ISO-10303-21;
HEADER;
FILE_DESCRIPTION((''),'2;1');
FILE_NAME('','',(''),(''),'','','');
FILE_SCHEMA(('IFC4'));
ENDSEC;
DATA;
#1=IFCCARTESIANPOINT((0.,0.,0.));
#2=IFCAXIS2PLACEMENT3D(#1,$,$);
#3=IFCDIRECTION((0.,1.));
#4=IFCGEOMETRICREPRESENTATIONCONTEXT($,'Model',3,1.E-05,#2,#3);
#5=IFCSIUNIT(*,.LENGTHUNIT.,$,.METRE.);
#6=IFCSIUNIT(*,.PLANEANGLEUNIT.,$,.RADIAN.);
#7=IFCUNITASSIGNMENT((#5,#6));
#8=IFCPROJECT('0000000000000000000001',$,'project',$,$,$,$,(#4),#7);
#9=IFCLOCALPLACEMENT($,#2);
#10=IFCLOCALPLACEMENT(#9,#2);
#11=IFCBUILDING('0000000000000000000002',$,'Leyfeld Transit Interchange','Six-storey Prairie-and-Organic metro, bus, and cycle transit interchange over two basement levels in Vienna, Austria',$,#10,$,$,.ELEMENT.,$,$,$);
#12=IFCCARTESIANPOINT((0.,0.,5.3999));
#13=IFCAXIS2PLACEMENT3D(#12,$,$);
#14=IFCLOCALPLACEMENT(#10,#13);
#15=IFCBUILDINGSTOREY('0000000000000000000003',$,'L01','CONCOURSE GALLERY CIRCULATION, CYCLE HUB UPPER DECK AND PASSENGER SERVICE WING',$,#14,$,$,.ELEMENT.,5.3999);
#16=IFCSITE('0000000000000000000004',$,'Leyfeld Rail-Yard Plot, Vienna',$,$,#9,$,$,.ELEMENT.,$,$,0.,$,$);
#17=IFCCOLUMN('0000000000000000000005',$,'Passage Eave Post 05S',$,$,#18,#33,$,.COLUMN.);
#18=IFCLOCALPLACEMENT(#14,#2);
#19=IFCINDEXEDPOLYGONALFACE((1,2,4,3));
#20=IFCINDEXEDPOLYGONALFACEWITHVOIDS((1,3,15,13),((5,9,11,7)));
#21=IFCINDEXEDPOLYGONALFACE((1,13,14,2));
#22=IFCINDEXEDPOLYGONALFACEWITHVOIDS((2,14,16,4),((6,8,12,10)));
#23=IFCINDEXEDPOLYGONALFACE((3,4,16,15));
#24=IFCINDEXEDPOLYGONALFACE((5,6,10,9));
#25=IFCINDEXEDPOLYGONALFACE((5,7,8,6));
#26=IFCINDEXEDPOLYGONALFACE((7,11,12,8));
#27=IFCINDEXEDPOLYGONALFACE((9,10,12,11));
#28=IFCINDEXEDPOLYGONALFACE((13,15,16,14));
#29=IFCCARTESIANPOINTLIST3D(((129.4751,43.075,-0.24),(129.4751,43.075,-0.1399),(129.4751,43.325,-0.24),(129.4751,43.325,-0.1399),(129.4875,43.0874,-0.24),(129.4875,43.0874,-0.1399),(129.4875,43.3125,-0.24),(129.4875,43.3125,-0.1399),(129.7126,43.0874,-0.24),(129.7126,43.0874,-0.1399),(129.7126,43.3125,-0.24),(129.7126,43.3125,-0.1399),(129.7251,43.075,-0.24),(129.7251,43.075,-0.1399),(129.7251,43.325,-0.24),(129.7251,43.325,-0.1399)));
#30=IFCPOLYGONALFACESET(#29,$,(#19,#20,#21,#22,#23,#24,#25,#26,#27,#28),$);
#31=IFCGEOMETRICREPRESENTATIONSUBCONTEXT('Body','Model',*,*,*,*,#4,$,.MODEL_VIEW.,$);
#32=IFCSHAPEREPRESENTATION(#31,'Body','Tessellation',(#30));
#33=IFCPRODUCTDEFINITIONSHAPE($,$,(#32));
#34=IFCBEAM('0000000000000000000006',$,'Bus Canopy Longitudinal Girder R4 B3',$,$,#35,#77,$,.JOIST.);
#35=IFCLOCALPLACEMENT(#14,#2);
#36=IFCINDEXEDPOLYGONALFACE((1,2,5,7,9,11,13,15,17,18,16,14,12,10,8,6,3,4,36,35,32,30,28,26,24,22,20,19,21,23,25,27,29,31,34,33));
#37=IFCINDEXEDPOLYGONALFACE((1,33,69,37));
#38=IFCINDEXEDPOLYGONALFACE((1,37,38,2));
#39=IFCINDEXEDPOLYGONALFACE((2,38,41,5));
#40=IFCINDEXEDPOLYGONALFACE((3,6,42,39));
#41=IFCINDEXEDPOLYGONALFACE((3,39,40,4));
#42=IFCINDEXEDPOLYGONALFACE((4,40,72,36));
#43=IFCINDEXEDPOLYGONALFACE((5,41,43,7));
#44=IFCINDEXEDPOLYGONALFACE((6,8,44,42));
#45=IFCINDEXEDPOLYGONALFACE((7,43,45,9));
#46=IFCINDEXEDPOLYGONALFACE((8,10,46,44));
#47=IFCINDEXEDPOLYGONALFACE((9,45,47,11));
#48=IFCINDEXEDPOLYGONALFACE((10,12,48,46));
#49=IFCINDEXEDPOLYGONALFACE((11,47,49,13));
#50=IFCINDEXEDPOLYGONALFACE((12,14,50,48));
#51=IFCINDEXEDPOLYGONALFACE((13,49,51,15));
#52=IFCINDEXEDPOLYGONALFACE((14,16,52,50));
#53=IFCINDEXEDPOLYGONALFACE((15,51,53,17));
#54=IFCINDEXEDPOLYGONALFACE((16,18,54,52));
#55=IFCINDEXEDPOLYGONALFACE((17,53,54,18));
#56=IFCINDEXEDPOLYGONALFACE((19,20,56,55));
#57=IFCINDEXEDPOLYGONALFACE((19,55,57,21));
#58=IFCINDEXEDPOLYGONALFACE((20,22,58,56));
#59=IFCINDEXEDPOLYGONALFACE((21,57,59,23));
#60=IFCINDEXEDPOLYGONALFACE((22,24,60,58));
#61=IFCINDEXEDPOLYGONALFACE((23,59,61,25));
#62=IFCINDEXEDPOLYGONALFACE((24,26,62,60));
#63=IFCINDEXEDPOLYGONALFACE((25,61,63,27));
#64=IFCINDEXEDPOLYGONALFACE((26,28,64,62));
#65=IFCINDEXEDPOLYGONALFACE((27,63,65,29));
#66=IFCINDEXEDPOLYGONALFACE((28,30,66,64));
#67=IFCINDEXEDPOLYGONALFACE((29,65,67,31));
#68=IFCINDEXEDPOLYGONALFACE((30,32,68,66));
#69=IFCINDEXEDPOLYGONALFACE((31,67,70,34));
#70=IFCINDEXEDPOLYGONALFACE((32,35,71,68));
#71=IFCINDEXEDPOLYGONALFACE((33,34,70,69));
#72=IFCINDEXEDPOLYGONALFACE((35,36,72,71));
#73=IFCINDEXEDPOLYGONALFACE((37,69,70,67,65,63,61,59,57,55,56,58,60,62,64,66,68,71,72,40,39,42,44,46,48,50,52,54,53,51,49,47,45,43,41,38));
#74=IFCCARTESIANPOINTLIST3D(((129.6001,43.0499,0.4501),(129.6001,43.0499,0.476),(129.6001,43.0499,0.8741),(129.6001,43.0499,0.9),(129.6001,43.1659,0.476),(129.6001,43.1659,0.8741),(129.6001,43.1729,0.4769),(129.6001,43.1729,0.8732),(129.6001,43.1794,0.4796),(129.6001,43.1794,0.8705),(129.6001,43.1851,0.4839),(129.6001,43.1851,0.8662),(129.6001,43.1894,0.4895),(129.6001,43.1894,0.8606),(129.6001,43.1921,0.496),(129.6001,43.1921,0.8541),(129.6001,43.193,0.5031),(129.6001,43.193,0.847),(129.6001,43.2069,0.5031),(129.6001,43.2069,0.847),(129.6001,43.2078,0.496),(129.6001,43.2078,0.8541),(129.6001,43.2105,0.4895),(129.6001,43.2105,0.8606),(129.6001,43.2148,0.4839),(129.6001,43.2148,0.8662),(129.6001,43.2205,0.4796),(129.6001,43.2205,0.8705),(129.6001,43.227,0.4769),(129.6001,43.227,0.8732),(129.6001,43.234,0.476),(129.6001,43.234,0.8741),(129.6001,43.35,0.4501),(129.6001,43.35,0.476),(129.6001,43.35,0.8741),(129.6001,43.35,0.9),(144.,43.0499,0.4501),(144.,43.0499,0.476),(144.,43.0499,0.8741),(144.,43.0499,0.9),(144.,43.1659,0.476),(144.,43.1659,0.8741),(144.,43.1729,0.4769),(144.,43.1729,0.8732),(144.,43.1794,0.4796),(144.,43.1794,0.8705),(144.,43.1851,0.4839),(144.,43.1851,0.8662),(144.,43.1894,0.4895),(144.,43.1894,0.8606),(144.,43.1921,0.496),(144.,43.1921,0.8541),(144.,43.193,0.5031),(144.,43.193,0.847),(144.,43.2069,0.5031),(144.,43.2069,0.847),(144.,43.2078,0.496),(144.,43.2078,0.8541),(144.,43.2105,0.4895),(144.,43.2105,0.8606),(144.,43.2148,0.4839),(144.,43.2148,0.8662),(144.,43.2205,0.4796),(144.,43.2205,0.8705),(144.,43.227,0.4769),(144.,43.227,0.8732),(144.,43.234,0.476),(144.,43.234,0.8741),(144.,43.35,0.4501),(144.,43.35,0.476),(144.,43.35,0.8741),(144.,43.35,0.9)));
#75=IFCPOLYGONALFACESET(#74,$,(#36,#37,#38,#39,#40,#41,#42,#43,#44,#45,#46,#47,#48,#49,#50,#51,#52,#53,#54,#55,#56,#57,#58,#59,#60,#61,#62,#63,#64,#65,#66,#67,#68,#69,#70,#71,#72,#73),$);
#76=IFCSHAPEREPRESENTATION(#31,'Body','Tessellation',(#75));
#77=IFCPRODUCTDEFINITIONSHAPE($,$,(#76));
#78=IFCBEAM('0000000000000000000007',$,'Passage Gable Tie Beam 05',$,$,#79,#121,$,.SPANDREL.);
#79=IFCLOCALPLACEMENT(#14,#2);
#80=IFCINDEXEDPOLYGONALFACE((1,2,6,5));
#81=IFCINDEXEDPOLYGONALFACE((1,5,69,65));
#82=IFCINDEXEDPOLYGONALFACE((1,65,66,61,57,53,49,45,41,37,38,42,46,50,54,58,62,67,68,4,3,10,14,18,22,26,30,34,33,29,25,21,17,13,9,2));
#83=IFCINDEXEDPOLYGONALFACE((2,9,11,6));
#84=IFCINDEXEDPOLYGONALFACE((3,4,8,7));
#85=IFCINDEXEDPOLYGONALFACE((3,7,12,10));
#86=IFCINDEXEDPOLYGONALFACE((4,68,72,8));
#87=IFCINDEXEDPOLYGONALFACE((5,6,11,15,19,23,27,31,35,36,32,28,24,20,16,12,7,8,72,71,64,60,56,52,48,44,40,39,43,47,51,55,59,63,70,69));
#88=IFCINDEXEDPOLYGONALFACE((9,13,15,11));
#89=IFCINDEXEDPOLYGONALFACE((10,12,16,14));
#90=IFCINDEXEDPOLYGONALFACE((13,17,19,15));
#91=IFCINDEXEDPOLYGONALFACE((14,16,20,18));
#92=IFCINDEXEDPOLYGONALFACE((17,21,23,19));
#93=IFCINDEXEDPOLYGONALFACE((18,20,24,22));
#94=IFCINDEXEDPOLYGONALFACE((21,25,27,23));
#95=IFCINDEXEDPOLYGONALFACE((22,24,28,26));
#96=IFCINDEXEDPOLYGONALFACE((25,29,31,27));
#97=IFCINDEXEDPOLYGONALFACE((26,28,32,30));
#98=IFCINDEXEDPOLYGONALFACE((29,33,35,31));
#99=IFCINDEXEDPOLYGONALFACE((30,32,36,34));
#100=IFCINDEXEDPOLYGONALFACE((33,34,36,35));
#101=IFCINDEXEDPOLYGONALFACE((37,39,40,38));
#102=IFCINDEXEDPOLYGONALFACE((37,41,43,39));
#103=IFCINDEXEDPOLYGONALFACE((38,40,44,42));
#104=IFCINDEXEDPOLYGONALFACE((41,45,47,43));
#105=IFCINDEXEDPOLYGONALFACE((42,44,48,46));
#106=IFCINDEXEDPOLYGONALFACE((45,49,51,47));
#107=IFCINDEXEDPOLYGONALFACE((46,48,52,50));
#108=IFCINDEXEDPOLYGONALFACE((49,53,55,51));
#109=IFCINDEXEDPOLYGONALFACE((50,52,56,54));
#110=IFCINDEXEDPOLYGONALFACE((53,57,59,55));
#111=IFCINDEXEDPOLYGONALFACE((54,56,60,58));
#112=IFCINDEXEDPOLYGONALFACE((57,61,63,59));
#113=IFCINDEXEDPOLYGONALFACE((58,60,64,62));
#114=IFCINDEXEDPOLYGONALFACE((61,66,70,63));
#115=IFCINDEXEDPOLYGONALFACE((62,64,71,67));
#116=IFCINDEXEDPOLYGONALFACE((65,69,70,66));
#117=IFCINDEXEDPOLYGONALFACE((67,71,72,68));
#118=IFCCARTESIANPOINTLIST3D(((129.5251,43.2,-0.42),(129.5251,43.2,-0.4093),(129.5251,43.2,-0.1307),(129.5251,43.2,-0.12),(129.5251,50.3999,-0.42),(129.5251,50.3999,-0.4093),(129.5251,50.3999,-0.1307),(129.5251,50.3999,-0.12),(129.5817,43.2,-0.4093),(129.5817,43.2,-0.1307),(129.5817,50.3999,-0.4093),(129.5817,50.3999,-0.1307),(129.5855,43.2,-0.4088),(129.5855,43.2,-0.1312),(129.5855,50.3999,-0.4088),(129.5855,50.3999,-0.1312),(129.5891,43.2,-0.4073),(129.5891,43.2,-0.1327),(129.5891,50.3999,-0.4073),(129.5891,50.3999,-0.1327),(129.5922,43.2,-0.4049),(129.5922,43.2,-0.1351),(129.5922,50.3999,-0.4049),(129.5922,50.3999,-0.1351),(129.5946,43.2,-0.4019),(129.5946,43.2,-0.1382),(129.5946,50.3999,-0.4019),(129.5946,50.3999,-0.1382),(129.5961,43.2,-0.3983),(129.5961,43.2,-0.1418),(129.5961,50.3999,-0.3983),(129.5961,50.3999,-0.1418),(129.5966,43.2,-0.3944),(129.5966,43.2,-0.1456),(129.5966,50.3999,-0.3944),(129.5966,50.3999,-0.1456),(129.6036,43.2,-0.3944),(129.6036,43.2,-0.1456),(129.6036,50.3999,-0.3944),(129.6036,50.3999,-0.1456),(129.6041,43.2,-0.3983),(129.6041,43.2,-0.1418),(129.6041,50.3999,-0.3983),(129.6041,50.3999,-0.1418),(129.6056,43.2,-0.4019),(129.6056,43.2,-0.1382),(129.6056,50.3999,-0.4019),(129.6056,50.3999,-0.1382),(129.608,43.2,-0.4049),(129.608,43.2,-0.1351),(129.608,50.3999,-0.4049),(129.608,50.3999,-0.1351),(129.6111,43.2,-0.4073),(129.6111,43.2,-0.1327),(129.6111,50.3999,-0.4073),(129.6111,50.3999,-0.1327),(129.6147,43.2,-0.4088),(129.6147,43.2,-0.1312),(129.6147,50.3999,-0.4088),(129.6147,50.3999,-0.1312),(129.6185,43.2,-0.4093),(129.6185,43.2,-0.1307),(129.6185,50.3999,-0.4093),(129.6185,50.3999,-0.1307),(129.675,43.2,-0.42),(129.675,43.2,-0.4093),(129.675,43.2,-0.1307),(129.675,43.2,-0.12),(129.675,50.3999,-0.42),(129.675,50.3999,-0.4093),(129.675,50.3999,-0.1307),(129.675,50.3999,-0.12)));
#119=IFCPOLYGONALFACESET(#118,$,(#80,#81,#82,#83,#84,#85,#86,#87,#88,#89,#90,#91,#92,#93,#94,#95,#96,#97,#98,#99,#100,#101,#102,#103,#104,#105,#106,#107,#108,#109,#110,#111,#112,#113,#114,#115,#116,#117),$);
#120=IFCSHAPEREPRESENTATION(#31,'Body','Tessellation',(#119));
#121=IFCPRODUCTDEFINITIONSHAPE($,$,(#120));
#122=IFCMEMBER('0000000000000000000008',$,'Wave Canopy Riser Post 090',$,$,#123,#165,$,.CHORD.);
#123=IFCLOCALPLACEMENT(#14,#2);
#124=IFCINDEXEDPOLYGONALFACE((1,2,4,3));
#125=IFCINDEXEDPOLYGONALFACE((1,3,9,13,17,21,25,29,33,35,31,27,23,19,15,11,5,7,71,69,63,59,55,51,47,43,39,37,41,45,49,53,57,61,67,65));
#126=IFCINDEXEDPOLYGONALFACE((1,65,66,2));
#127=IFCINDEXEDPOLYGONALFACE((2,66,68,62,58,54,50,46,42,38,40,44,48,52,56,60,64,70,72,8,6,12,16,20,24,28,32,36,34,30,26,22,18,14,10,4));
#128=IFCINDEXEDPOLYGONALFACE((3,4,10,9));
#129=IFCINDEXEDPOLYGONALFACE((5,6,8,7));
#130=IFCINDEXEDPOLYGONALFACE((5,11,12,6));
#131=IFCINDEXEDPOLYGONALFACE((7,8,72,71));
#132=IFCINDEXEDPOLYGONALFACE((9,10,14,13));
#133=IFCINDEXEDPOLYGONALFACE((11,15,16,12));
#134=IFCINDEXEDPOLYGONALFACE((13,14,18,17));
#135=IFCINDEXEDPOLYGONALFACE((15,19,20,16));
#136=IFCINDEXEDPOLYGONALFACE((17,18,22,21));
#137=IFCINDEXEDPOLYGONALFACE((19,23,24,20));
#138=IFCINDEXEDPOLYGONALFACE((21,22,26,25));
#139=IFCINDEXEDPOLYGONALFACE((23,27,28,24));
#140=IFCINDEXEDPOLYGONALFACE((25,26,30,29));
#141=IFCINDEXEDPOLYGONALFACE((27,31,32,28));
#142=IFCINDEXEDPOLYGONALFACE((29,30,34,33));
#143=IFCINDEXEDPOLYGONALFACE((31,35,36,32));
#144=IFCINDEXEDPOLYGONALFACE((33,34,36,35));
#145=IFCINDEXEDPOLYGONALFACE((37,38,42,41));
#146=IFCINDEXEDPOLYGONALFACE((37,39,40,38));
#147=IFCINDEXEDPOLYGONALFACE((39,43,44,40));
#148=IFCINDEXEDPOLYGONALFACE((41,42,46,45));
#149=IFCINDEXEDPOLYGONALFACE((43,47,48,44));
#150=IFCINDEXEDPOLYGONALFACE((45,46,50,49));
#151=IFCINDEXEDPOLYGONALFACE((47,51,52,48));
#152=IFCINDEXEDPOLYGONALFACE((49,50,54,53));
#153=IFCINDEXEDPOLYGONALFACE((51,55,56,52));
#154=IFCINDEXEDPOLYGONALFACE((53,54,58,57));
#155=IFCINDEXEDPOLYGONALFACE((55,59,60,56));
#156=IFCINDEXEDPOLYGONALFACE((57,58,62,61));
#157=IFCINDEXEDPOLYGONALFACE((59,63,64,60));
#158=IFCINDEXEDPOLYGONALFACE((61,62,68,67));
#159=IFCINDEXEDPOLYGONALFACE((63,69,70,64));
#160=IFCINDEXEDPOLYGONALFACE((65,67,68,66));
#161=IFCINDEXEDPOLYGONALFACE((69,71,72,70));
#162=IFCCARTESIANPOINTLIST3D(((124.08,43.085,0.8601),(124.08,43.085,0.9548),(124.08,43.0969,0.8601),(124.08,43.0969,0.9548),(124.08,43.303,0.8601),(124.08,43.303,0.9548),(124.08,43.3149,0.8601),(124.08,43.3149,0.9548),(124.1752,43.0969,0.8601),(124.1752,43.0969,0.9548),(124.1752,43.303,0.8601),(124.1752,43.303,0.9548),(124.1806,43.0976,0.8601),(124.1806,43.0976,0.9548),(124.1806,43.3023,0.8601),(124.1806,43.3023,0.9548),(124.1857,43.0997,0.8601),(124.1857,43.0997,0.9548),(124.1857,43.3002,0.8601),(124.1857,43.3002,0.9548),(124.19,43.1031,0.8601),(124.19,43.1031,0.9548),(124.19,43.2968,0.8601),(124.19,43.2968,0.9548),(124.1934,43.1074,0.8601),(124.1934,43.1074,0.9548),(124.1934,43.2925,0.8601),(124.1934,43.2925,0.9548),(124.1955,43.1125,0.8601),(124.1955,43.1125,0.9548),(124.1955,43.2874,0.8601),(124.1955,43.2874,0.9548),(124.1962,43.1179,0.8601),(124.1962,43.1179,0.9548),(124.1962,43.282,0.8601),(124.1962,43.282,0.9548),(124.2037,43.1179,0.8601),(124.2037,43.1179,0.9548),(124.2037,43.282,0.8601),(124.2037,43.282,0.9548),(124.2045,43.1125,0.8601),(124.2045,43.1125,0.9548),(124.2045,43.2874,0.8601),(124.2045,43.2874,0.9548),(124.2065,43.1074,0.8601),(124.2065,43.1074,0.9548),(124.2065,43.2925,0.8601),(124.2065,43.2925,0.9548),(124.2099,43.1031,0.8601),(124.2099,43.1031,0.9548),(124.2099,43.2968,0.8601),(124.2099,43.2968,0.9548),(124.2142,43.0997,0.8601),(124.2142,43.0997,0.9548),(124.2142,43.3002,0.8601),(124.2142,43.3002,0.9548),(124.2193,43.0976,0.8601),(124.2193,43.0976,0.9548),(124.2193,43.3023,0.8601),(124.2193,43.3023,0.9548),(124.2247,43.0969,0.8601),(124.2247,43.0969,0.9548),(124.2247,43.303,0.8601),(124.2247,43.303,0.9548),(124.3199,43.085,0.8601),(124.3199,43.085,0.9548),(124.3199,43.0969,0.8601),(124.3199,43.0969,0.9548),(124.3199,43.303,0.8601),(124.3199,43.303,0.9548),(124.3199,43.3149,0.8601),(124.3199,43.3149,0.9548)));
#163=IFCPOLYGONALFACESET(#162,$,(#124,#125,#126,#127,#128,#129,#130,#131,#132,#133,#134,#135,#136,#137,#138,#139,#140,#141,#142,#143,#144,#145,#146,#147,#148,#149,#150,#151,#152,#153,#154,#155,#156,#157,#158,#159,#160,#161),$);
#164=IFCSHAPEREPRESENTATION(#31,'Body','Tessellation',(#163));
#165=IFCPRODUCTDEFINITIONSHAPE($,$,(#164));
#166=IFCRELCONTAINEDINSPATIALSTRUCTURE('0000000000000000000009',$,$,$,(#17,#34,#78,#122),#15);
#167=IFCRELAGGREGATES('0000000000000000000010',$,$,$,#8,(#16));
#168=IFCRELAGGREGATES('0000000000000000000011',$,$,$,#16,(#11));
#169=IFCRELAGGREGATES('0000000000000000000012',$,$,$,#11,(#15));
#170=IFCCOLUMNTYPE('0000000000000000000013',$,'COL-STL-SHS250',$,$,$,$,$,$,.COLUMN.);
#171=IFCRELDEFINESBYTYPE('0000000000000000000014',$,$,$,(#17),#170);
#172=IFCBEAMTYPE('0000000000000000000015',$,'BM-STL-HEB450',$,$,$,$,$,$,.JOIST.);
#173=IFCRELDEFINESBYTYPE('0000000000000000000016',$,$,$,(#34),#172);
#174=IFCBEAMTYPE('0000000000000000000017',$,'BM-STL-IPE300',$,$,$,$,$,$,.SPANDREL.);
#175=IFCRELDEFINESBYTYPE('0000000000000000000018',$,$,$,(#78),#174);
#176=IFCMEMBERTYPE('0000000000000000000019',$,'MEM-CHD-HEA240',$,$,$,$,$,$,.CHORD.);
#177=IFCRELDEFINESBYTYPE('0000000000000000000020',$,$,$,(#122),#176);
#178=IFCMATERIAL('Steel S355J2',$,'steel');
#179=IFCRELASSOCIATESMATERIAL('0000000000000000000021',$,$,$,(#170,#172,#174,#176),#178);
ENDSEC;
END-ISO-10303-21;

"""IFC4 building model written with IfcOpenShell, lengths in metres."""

from ifc_helpers import new_model, si_unit, direction, frame, origin, origin_2d, place, context, subcontext, project, spatial, hollow_rectangle, i_section, extrude, material, material_profile, profile_set, type_object, element, save


model = new_model("IFC4")

# Units and contexts
model_context = context("Model", 3, precision=1e-05, world=origin(), true_north=direction((0.0, 1.0)))
body_context = subcontext(model_context, "Body", "Model", "MODEL_VIEW")
ifc_project = project(units=[si_unit("LENGTHUNIT", "METRE"), si_unit("PLANEANGLEUNIT", "RADIAN")], contexts=[model_context])

# Site, building, storey
site_placement = place(None, origin())
site = spatial("IfcSite", under=ifc_project, at=site_placement, Name="Leyfeld Rail-Yard Plot, Vienna", CompositionType="ELEMENT", RefElevation=0.0)
building_placement = place(site_placement, origin())
building = spatial("IfcBuilding", under=site, at=building_placement, Name="Leyfeld Transit Interchange", Description="Six-storey Prairie-and-Organic metro, bus, and cycle transit interchange over two basement levels in Vienna, Austria", CompositionType="ELEMENT")
storey_placement = place(building_placement, frame((0.0, 0.0, 5.3999)))
storey = spatial("IfcBuildingStorey", under=building, at=storey_placement, Name="L01", Description="CONCOURSE GALLERY CIRCULATION, CYCLE HUB UPPER DECK AND PASSENGER SERVICE WING", CompositionType="ELEMENT", Elevation=5.3999)

# Column
ifc_material_1 = material(Name="Steel S355J2", Category="steel")
ifc_material_profile_1 = material_profile(ifc_material_1, hollow_rectangle(XDim=0.25, YDim=0.25, WallThickness=0.0125, at=origin_2d()), Name="SHS 250x250x12.5")
ifc_profile_set_1 = profile_set([ifc_material_profile_1], Name="Steel S355J2")
column_type = type_object("IfcColumnType", Name="COL-STL-SHS250", PredefinedType="COLUMN", material=ifc_profile_set_1)
column_placement = place(storey_placement, frame((129.6001, 43.2, -0.24), z_axis=(0.0, 0.0, 1.0), x_axis=(1.0, 0.0, 0.0)))
element("IfcColumn", 1, at=column_placement, inside=storey, type_object=column_type, Name="Passage Eave Post 05S", PredefinedType="COLUMN", context=body_context, shape_type="SweptSolid", body=[
    extrude(hollow_rectangle(XDim=0.25, YDim=0.25, WallThickness=0.0125, at=origin_2d()), origin(), (0.0, 0.0, 1.0), 0.1001),
])

# Beams
ifc_material_profile_2 = material_profile(ifc_material_1, i_section(OverallWidth=0.3, OverallDepth=0.45, WebThickness=0.0139, FlangeThickness=0.0259, FilletRadius=0.0271, at=origin_2d()), Name="HEB 450")
ifc_profile_set_2 = profile_set([ifc_material_profile_2], Name="Steel S355J2")
beam_type_1 = type_object("IfcBeamType", Name="BM-STL-HEB450", PredefinedType="JOIST", material=ifc_profile_set_2)
beam_1_placement = place(storey_placement, frame((129.6001, 43.2, 0.675), z_axis=(1.0, 0.0, 0.0), x_axis=(0.0, 1.0, 0.0)))
element("IfcBeam", 2, at=beam_1_placement, inside=storey, type_object=beam_type_1, Name="Bus Canopy Longitudinal Girder R4 B3", PredefinedType="JOIST", context=body_context, shape_type="SweptSolid", body=[
    extrude(i_section(OverallWidth=0.3, OverallDepth=0.45, WebThickness=0.0139, FlangeThickness=0.0259, FilletRadius=0.0271, at=origin_2d()), origin(), (0.0, 0.0, 1.0), 14.3999),
])
ifc_material_profile_3 = material_profile(ifc_material_1, i_section(OverallWidth=0.1499, OverallDepth=0.3, WebThickness=0.0071, FlangeThickness=0.0107, FilletRadius=0.0149, at=origin_2d()), Name="IPE 300")
ifc_profile_set_3 = profile_set([ifc_material_profile_3], Name="Steel S355J2")
beam_type_2 = type_object("IfcBeamType", Name="BM-STL-IPE300", PredefinedType="SPANDREL", material=ifc_profile_set_3)
beam_2_placement = place(storey_placement, frame((129.6001, 43.2, -0.27), z_axis=(0.0, 1.0, 0.0), x_axis=(-1.0, 0.0, 0.0)))
element("IfcBeam", 3, at=beam_2_placement, inside=storey, type_object=beam_type_2, Name="Passage Gable Tie Beam 05", PredefinedType="SPANDREL", context=body_context, shape_type="SweptSolid", body=[
    extrude(i_section(OverallWidth=0.1499, OverallDepth=0.3, WebThickness=0.0071, FlangeThickness=0.0107, FilletRadius=0.0149, at=origin_2d()), origin(), (0.0, 0.0, 1.0), 7.2),
])

# Member
ifc_material_profile_4 = material_profile(ifc_material_1, i_section(OverallWidth=0.24, OverallDepth=0.23, WebThickness=0.0076, FlangeThickness=0.012, FilletRadius=0.021, at=origin_2d()), Name="HEA 240")
ifc_profile_set_4 = profile_set([ifc_material_profile_4], Name="Steel S355J2")
member_type_1 = type_object("IfcMemberType", Name="MEM-CHD-HEA240", PredefinedType="CHORD", material=ifc_profile_set_4)
member_1_placement = place(storey_placement, frame((124.2, 43.2, 0.8601), z_axis=(0.0, 0.0, 1.0), x_axis=(1.0, 0.0, 0.0)))
element("IfcMember", 4, at=member_1_placement, inside=storey, type_object=member_type_1, Name="Wave Canopy Riser Post 090", PredefinedType="CHORD", context=body_context, shape_type="SweptSolid", body=[
    extrude(i_section(OverallWidth=0.24, OverallDepth=0.23, WebThickness=0.0076, FlangeThickness=0.012, FilletRadius=0.021, at=origin_2d()), origin(), (0.0, 0.0, 1.0), 0.0947),
])

save(model, "model.ifc")
